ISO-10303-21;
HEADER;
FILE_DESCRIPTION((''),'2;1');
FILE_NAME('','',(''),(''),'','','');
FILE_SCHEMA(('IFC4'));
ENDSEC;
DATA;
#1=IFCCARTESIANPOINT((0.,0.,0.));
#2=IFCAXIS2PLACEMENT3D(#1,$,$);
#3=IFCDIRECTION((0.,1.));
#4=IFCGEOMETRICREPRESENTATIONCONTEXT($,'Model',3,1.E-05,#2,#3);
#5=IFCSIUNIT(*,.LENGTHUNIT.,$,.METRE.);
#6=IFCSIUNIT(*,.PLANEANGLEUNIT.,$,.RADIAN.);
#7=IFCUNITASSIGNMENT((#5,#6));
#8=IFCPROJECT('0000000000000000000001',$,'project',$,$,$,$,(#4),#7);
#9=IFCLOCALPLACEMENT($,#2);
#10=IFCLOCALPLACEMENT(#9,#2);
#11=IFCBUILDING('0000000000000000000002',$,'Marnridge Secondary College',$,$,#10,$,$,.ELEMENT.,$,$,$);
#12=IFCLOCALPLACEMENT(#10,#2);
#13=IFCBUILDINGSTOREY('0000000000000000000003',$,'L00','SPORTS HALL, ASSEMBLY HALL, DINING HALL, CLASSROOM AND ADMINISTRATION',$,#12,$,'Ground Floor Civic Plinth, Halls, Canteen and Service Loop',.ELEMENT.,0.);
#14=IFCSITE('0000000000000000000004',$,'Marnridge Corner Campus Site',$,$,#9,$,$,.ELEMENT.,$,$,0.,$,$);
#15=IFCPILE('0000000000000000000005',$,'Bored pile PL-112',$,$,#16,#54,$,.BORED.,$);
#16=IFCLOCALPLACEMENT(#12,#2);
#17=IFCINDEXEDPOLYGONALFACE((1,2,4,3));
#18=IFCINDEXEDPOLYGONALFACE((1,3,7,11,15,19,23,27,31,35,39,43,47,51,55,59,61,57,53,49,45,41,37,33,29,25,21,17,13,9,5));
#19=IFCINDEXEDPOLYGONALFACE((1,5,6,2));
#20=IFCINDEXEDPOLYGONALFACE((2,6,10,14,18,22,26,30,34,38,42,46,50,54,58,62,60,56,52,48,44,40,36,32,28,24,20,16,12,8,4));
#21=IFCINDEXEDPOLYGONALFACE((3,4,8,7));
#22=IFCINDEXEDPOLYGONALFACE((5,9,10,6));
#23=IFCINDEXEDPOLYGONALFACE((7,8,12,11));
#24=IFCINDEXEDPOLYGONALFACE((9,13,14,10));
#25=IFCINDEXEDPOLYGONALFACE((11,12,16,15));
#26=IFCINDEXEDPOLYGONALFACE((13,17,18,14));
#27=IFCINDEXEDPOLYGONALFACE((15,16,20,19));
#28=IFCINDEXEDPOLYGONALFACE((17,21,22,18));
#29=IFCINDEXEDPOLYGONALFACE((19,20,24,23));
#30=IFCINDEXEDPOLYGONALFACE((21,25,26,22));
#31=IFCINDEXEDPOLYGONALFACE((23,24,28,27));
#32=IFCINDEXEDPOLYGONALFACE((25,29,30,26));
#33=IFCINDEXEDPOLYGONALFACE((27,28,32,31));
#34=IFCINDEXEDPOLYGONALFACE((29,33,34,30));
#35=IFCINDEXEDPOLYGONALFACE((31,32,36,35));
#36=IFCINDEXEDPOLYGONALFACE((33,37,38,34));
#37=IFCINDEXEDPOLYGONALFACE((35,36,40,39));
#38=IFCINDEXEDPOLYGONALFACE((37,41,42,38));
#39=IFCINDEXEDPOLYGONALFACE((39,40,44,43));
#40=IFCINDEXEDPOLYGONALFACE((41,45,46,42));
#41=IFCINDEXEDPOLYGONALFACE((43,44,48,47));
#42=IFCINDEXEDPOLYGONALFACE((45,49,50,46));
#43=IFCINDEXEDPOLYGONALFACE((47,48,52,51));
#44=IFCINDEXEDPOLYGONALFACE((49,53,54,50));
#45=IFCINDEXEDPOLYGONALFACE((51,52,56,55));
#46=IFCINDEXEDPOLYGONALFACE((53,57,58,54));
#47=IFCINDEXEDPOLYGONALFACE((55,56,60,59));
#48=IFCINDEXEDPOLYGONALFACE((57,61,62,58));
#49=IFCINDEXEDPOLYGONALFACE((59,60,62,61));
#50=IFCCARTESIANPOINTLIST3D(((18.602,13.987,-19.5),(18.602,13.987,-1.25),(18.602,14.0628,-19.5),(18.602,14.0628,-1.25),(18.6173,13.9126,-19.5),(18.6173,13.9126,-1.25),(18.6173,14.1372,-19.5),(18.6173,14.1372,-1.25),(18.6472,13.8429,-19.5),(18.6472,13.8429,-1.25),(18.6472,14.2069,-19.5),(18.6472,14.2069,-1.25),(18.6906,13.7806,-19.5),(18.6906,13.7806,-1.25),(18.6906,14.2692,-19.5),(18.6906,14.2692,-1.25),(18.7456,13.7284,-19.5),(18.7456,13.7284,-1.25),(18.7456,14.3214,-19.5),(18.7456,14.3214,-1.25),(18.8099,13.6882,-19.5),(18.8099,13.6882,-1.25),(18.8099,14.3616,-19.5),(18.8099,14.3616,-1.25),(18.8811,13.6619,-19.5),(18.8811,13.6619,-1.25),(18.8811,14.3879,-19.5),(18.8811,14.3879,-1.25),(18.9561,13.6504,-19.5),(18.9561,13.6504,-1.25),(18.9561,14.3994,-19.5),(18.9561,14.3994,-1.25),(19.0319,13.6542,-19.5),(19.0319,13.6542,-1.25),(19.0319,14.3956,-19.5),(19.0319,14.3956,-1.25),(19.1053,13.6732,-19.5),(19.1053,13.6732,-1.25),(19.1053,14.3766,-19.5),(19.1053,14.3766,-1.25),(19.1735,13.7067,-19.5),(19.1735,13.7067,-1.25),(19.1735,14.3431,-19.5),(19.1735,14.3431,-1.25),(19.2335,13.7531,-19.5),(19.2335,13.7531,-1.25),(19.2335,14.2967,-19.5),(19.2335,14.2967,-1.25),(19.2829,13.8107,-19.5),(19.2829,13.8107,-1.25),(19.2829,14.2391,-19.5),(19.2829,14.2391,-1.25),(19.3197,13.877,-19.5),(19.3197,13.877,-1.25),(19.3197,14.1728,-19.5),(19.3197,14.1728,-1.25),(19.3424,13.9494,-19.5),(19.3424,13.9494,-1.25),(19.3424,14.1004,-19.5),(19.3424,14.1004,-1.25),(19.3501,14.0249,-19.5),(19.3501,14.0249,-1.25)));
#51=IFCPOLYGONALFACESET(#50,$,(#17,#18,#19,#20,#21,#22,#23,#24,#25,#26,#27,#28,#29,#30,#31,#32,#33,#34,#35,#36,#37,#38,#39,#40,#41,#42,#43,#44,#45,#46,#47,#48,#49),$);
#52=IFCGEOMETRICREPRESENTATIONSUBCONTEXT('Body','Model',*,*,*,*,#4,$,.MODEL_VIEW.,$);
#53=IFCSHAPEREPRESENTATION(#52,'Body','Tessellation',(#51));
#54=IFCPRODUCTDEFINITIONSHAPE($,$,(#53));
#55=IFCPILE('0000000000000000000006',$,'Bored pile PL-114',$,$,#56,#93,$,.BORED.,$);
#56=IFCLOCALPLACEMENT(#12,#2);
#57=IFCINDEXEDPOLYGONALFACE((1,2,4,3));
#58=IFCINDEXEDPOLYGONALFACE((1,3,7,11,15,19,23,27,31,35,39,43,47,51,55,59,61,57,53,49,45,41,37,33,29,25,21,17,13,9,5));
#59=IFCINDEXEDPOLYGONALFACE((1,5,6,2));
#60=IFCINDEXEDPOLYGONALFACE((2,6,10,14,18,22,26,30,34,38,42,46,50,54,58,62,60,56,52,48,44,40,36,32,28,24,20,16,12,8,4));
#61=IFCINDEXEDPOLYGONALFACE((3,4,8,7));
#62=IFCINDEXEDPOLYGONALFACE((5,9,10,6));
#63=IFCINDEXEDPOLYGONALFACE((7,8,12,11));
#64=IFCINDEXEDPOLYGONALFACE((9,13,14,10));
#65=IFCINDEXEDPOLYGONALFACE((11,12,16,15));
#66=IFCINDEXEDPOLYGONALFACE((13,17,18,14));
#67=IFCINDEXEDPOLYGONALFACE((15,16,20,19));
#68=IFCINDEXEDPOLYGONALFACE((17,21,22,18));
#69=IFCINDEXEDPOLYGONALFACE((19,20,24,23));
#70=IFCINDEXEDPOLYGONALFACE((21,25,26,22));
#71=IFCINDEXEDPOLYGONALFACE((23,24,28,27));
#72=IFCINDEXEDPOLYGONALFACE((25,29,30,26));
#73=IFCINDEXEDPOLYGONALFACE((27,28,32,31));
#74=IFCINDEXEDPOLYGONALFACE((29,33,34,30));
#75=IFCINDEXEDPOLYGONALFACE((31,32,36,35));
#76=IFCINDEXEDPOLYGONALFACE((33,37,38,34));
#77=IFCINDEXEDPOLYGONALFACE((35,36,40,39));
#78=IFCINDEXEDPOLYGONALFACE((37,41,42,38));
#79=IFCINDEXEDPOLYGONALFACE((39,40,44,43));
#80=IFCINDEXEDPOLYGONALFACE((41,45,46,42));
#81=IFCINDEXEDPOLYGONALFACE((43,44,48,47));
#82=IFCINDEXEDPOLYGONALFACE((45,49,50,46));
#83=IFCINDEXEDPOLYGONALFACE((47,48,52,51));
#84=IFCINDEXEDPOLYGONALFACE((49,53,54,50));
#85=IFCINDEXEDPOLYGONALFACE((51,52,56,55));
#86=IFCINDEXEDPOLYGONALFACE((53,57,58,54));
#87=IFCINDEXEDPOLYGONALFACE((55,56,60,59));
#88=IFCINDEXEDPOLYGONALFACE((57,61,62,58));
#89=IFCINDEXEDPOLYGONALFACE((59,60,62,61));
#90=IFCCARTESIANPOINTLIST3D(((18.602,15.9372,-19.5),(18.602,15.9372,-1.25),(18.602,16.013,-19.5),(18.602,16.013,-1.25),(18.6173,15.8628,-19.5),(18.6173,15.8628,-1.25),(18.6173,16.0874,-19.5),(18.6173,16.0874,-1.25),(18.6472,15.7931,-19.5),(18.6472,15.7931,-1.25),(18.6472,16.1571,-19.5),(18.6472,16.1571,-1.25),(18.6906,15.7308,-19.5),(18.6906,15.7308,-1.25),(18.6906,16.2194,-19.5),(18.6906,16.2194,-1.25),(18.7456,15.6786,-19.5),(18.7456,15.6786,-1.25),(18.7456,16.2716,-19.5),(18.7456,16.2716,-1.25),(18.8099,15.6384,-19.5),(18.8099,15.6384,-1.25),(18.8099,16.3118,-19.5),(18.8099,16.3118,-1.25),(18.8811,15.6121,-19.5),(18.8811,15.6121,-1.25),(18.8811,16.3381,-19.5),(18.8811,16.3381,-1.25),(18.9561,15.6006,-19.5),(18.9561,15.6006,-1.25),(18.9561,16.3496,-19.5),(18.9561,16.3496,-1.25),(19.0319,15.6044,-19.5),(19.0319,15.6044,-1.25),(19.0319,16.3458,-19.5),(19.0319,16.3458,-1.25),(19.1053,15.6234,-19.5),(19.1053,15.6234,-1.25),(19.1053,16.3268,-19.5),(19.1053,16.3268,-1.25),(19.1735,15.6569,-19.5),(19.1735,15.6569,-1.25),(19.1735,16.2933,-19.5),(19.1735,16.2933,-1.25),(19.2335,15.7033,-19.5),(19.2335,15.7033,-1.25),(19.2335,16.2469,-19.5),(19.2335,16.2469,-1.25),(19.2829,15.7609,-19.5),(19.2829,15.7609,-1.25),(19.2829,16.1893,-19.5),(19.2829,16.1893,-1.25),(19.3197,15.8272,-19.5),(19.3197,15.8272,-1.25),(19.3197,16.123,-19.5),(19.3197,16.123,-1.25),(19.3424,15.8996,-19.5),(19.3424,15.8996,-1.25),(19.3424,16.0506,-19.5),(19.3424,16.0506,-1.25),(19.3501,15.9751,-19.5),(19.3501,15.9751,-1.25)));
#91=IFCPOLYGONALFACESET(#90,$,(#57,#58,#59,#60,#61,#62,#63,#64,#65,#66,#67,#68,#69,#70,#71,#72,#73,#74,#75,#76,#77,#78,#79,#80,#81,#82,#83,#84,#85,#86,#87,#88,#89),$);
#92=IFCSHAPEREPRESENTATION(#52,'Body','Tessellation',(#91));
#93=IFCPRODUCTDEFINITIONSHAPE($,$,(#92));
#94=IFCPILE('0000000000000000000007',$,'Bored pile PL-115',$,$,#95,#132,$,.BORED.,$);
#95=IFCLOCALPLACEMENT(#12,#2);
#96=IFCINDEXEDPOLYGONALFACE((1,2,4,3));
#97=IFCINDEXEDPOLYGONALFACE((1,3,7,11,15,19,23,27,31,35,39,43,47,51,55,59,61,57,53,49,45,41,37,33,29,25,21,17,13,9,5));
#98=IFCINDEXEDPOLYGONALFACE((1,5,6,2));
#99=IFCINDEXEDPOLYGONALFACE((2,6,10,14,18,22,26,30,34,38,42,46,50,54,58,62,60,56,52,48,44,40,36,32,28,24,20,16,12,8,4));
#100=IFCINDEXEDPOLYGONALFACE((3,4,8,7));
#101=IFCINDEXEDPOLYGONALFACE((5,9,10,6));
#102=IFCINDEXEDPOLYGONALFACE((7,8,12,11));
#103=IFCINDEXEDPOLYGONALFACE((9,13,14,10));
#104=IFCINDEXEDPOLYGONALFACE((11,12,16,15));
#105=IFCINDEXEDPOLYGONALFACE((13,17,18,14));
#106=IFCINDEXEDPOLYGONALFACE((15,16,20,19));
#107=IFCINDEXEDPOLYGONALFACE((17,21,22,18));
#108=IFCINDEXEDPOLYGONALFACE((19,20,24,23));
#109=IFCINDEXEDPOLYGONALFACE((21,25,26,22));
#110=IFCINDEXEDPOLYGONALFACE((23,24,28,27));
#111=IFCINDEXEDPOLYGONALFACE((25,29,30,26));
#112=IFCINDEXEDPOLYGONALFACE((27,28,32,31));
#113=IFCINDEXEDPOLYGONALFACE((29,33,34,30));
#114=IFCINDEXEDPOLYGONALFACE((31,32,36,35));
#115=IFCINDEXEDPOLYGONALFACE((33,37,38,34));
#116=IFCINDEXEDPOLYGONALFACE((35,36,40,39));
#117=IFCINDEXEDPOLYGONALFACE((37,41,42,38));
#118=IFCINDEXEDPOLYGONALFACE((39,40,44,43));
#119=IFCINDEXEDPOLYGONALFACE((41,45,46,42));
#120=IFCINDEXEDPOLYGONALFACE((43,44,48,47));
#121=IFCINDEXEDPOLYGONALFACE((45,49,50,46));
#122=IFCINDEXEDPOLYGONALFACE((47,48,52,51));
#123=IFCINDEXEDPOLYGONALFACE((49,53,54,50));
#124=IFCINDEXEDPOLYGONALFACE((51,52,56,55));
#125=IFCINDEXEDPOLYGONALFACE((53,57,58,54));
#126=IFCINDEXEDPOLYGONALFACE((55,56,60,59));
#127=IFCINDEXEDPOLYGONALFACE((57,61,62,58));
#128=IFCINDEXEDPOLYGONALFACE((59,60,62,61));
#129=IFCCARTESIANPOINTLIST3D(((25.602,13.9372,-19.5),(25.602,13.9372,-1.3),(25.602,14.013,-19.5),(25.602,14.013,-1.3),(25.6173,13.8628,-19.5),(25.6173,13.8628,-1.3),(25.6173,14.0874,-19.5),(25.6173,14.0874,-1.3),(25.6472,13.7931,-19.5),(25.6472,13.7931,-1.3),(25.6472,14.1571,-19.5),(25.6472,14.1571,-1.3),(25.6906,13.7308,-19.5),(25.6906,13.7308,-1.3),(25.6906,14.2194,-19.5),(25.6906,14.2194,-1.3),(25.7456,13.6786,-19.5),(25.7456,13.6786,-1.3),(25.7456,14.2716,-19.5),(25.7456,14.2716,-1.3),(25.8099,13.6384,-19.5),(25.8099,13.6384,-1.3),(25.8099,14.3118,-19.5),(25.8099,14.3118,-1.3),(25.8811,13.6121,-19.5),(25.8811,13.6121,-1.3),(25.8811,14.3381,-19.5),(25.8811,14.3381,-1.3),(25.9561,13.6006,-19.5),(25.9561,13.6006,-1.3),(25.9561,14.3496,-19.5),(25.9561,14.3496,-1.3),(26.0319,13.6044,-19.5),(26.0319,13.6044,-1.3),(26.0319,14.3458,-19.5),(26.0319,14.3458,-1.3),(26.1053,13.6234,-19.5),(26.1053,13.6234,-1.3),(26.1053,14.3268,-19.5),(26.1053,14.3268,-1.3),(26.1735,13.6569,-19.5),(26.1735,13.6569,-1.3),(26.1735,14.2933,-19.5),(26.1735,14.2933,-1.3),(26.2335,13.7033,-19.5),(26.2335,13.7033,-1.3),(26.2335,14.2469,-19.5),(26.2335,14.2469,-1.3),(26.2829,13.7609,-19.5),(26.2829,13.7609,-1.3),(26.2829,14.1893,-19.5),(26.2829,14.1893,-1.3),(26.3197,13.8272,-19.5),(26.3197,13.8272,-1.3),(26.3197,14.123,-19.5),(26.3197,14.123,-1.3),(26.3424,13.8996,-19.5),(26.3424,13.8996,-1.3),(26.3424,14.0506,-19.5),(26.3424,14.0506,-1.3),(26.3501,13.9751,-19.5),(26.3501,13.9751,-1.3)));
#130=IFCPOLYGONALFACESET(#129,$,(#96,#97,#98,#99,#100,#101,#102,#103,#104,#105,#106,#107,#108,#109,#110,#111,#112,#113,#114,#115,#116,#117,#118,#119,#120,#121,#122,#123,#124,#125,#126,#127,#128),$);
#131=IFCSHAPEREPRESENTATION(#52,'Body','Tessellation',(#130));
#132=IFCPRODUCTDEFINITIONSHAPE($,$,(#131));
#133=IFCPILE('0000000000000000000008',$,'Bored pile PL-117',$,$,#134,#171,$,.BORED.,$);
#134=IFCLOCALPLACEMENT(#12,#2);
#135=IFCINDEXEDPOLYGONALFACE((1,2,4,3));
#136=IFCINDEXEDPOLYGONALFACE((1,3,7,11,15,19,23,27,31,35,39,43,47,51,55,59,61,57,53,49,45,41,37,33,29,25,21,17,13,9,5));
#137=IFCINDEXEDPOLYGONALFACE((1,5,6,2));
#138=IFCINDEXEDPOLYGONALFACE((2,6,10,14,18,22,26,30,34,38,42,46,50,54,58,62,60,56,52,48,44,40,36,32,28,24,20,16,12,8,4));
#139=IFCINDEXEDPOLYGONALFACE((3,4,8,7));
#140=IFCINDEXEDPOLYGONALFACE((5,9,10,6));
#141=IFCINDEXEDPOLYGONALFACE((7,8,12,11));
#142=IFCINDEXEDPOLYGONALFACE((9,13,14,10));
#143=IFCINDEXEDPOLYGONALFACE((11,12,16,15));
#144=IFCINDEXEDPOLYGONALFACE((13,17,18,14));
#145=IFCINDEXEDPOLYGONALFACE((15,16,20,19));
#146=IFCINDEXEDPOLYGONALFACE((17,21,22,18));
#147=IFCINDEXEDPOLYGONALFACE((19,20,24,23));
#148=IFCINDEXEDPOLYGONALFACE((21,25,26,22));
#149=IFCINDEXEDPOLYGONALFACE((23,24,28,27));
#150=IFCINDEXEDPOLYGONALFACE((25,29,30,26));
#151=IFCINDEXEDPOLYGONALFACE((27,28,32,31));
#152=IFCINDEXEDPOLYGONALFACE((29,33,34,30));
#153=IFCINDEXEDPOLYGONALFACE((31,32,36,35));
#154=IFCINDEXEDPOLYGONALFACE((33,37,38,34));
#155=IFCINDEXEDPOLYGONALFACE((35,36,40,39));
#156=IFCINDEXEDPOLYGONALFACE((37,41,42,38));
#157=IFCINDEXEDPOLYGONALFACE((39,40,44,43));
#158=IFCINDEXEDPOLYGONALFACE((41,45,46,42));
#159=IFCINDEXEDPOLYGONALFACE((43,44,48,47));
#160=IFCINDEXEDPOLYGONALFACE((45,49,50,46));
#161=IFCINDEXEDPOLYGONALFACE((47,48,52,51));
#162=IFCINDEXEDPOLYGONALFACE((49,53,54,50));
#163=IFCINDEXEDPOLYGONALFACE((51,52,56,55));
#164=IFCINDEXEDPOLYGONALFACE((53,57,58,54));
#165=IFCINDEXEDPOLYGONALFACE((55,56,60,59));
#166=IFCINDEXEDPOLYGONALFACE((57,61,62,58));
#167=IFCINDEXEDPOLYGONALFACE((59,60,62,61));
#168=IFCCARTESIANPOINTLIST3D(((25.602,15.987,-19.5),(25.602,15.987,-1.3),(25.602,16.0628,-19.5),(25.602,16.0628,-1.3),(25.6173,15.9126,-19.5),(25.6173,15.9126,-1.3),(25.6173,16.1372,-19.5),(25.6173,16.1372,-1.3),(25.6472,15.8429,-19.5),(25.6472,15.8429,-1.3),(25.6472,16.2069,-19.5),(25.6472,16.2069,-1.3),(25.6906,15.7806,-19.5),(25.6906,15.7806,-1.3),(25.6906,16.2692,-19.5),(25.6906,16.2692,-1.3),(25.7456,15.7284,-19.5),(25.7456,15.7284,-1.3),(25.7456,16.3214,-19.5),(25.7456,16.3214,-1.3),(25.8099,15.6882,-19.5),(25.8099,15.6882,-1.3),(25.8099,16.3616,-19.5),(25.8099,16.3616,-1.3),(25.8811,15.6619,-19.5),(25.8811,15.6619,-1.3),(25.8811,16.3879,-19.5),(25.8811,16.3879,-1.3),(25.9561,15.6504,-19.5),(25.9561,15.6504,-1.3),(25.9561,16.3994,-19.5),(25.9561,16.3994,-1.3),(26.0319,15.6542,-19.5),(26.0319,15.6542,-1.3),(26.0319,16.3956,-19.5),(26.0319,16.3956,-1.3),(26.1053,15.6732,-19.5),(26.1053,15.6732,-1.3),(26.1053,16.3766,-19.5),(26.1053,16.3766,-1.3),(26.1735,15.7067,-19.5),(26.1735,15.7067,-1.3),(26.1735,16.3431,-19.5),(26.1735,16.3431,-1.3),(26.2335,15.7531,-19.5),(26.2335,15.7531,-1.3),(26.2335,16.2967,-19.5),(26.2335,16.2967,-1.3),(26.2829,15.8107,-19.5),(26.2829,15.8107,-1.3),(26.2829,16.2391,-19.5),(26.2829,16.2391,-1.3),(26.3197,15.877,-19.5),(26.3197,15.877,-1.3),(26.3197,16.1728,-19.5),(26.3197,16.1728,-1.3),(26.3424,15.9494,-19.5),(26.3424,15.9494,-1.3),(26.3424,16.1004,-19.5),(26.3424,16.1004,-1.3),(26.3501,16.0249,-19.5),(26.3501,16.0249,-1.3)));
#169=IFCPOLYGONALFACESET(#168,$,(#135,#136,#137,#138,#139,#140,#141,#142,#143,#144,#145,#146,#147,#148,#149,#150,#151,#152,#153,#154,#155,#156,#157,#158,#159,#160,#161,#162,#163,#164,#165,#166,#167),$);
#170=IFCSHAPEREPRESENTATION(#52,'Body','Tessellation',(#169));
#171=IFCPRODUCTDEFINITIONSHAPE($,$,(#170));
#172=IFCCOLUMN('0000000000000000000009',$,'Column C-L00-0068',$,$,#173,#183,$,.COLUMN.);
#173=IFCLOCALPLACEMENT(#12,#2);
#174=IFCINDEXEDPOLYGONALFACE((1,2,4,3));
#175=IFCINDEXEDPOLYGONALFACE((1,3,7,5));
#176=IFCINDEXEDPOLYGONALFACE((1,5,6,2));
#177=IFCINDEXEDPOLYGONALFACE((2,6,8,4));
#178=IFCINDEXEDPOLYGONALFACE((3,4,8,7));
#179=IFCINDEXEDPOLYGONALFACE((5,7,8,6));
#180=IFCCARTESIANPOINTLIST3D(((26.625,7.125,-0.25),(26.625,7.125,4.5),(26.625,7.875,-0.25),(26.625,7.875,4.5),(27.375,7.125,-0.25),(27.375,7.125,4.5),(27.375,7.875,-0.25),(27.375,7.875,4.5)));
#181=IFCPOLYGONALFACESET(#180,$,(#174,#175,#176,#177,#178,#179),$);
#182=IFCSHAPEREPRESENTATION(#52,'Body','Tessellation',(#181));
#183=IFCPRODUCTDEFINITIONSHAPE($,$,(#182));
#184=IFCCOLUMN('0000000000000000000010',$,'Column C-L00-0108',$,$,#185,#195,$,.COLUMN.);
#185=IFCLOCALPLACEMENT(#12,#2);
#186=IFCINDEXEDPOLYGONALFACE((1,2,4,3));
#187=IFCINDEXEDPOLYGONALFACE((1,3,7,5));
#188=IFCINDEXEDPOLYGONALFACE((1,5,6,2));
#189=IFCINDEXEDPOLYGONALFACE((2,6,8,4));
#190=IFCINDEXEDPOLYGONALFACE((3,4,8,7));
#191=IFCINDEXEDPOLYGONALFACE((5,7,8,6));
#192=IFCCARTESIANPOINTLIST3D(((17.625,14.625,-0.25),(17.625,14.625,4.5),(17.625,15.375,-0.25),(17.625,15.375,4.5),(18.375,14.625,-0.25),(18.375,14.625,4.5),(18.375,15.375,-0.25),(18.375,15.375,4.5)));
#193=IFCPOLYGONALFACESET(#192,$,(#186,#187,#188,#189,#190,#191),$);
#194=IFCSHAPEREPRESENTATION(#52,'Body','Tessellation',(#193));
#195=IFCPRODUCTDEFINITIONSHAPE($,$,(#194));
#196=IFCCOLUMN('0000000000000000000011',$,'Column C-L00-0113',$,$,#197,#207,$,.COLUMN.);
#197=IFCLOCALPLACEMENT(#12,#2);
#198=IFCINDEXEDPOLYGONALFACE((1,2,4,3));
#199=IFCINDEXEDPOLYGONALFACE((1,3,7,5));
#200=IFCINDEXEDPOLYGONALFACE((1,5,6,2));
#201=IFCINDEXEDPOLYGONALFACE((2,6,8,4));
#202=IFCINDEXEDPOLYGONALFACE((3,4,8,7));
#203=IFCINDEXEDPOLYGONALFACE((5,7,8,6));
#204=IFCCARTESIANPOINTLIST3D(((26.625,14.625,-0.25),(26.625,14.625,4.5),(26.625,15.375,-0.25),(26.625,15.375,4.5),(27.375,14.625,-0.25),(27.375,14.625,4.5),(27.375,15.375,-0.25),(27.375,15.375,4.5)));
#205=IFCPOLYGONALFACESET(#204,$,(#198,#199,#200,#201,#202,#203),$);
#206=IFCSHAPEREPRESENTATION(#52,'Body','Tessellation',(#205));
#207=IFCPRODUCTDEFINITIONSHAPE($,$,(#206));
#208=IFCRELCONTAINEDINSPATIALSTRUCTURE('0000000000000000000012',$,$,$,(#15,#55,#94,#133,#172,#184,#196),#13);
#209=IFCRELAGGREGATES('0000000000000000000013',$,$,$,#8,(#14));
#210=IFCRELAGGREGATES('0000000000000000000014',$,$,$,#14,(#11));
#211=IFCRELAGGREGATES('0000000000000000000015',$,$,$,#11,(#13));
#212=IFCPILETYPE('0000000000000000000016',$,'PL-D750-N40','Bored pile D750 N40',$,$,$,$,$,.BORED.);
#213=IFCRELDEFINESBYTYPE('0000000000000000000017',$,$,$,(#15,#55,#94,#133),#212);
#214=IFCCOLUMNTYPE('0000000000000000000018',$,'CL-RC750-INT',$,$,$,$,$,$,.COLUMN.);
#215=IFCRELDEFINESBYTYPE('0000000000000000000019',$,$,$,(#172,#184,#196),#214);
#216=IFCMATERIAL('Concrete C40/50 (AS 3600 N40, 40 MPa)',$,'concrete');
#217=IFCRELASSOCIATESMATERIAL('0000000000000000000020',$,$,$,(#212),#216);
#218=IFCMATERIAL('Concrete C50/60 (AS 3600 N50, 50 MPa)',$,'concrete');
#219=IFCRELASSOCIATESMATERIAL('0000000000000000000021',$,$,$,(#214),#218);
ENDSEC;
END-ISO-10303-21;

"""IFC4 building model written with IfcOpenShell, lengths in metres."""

from ifc_helpers import new_model, si_unit, direction, frame, origin, origin_2d, place, context, subcontext, project, spatial, rectangle, circle, extrude, material, material_profile, profile_set, type_object, element, save


model = new_model("IFC4")

# Units and contexts
model_context = context("Model", 3, precision=1e-05, world=origin(), true_north=direction((0.0, 1.0)))
body_context = subcontext(model_context, "Body", "Model", "MODEL_VIEW")
ifc_project = project(units=[si_unit("LENGTHUNIT", "METRE"), si_unit("PLANEANGLEUNIT", "RADIAN")], contexts=[model_context])

# Site, building, storey
site_placement = place(None, origin())
site = spatial("IfcSite", under=ifc_project, at=site_placement, Name="Marnridge Corner Campus Site", CompositionType="ELEMENT", RefElevation=0.0)
building_placement = place(site_placement, origin())
building = spatial("IfcBuilding", under=site, at=building_placement, Name="Marnridge Secondary College", CompositionType="ELEMENT")
storey_placement = place(building_placement, origin())
storey = spatial("IfcBuildingStorey", under=building, at=storey_placement, Name="L00", Description="SPORTS HALL, ASSEMBLY HALL, DINING HALL, CLASSROOM AND ADMINISTRATION", LongName="Ground Floor Civic Plinth, Halls, Canteen and Service Loop", CompositionType="ELEMENT", Elevation=0.0)

# Piles
ifc_material_1 = material(Name="Concrete C40/50 (AS 3600 N40, 40 MPa)", Category="concrete")
ifc_material_profile_1 = material_profile(ifc_material_1, circle(Radius=0.375, at=origin_2d()), Name="PILE D750")
ifc_profile_set_1 = profile_set([ifc_material_profile_1], Name="Concrete C40/50 (AS 3600 N40, 40 MPa)")
pile_type = type_object("IfcPileType", Name="PL-D750-N40", Description="Bored pile D750 N40", PredefinedType="BORED", material=ifc_profile_set_1)
for number, where, z_axis, x_axis, name in (
    (1, (18.9751, 14.0249, -1.25), (0.0, 0.0, -1.0), (1.0, 0.0, 0.0), "Bored pile PL-112"),
    (2, (18.9751, 15.9751, -1.25), (0.0, 0.0, -1.0), (1.0, 0.0, 0.0), "Bored pile PL-114"),
):
    element("IfcPile", number, at=place(storey_placement, frame(where, z_axis=z_axis, x_axis=x_axis)), inside=storey, type_object=pile_type, Name=name, PredefinedType="BORED", context=body_context, shape_type="SweptSolid", body=[
        extrude(circle(Radius=0.375, at=origin_2d()), origin(), (0.0, 0.0, 1.0), 18.25),
    ])
for number, where, z_axis, x_axis, name in (
    (3, (25.9751, 13.9751, -1.3), (0.0, 0.0, -1.0), (1.0, 0.0, 0.0), "Bored pile PL-115"),
    (4, (25.9751, 16.0249, -1.3), (0.0, 0.0, -1.0), (1.0, 0.0, 0.0), "Bored pile PL-117"),
):
    element("IfcPile", number, at=place(storey_placement, frame(where, z_axis=z_axis, x_axis=x_axis)), inside=storey, type_object=pile_type, Name=name, PredefinedType="BORED", context=body_context, shape_type="SweptSolid", body=[
        extrude(circle(Radius=0.375, at=origin_2d()), origin(), (0.0, 0.0, 1.0), 18.2),
    ])

# Columns
ifc_material_2 = material(Name="Concrete C50/60 (AS 3600 N50, 50 MPa)", Category="concrete")
ifc_material_profile_2 = material_profile(ifc_material_2, rectangle(XDim=0.75, YDim=0.75, at=origin_2d()), Name="RC 750x750")
ifc_profile_set_2 = profile_set([ifc_material_profile_2], Name="Concrete C50/60 (AS 3600 N50, 50 MPa)")
column_type = type_object("IfcColumnType", Name="CL-RC750-INT", PredefinedType="COLUMN", material=ifc_profile_set_2)
for number, where, z_axis, x_axis, name in (
    (5, (27.0, 7.5, -0.25), (0.0, 0.0, 1.0), (1.0, 0.0, 0.0), "Column C-L00-0068"),
    (6, (18.0, 15.0, -0.25), (0.0, 0.0, 1.0), (1.0, 0.0, 0.0), "Column C-L00-0108"),
    (7, (27.0, 15.0, -0.25), (0.0, 0.0, 1.0), (1.0, 0.0, 0.0), "Column C-L00-0113"),
):
    element("IfcColumn", number, at=place(storey_placement, frame(where, z_axis=z_axis, x_axis=x_axis)), inside=storey, type_object=column_type, Name=name, PredefinedType="COLUMN", context=body_context, shape_type="SweptSolid", body=[
        extrude(rectangle(XDim=0.75, YDim=0.75, at=origin_2d()), origin(), (0.0, 0.0, 1.0), 4.75),
    ])

save(model, "model.ifc")
